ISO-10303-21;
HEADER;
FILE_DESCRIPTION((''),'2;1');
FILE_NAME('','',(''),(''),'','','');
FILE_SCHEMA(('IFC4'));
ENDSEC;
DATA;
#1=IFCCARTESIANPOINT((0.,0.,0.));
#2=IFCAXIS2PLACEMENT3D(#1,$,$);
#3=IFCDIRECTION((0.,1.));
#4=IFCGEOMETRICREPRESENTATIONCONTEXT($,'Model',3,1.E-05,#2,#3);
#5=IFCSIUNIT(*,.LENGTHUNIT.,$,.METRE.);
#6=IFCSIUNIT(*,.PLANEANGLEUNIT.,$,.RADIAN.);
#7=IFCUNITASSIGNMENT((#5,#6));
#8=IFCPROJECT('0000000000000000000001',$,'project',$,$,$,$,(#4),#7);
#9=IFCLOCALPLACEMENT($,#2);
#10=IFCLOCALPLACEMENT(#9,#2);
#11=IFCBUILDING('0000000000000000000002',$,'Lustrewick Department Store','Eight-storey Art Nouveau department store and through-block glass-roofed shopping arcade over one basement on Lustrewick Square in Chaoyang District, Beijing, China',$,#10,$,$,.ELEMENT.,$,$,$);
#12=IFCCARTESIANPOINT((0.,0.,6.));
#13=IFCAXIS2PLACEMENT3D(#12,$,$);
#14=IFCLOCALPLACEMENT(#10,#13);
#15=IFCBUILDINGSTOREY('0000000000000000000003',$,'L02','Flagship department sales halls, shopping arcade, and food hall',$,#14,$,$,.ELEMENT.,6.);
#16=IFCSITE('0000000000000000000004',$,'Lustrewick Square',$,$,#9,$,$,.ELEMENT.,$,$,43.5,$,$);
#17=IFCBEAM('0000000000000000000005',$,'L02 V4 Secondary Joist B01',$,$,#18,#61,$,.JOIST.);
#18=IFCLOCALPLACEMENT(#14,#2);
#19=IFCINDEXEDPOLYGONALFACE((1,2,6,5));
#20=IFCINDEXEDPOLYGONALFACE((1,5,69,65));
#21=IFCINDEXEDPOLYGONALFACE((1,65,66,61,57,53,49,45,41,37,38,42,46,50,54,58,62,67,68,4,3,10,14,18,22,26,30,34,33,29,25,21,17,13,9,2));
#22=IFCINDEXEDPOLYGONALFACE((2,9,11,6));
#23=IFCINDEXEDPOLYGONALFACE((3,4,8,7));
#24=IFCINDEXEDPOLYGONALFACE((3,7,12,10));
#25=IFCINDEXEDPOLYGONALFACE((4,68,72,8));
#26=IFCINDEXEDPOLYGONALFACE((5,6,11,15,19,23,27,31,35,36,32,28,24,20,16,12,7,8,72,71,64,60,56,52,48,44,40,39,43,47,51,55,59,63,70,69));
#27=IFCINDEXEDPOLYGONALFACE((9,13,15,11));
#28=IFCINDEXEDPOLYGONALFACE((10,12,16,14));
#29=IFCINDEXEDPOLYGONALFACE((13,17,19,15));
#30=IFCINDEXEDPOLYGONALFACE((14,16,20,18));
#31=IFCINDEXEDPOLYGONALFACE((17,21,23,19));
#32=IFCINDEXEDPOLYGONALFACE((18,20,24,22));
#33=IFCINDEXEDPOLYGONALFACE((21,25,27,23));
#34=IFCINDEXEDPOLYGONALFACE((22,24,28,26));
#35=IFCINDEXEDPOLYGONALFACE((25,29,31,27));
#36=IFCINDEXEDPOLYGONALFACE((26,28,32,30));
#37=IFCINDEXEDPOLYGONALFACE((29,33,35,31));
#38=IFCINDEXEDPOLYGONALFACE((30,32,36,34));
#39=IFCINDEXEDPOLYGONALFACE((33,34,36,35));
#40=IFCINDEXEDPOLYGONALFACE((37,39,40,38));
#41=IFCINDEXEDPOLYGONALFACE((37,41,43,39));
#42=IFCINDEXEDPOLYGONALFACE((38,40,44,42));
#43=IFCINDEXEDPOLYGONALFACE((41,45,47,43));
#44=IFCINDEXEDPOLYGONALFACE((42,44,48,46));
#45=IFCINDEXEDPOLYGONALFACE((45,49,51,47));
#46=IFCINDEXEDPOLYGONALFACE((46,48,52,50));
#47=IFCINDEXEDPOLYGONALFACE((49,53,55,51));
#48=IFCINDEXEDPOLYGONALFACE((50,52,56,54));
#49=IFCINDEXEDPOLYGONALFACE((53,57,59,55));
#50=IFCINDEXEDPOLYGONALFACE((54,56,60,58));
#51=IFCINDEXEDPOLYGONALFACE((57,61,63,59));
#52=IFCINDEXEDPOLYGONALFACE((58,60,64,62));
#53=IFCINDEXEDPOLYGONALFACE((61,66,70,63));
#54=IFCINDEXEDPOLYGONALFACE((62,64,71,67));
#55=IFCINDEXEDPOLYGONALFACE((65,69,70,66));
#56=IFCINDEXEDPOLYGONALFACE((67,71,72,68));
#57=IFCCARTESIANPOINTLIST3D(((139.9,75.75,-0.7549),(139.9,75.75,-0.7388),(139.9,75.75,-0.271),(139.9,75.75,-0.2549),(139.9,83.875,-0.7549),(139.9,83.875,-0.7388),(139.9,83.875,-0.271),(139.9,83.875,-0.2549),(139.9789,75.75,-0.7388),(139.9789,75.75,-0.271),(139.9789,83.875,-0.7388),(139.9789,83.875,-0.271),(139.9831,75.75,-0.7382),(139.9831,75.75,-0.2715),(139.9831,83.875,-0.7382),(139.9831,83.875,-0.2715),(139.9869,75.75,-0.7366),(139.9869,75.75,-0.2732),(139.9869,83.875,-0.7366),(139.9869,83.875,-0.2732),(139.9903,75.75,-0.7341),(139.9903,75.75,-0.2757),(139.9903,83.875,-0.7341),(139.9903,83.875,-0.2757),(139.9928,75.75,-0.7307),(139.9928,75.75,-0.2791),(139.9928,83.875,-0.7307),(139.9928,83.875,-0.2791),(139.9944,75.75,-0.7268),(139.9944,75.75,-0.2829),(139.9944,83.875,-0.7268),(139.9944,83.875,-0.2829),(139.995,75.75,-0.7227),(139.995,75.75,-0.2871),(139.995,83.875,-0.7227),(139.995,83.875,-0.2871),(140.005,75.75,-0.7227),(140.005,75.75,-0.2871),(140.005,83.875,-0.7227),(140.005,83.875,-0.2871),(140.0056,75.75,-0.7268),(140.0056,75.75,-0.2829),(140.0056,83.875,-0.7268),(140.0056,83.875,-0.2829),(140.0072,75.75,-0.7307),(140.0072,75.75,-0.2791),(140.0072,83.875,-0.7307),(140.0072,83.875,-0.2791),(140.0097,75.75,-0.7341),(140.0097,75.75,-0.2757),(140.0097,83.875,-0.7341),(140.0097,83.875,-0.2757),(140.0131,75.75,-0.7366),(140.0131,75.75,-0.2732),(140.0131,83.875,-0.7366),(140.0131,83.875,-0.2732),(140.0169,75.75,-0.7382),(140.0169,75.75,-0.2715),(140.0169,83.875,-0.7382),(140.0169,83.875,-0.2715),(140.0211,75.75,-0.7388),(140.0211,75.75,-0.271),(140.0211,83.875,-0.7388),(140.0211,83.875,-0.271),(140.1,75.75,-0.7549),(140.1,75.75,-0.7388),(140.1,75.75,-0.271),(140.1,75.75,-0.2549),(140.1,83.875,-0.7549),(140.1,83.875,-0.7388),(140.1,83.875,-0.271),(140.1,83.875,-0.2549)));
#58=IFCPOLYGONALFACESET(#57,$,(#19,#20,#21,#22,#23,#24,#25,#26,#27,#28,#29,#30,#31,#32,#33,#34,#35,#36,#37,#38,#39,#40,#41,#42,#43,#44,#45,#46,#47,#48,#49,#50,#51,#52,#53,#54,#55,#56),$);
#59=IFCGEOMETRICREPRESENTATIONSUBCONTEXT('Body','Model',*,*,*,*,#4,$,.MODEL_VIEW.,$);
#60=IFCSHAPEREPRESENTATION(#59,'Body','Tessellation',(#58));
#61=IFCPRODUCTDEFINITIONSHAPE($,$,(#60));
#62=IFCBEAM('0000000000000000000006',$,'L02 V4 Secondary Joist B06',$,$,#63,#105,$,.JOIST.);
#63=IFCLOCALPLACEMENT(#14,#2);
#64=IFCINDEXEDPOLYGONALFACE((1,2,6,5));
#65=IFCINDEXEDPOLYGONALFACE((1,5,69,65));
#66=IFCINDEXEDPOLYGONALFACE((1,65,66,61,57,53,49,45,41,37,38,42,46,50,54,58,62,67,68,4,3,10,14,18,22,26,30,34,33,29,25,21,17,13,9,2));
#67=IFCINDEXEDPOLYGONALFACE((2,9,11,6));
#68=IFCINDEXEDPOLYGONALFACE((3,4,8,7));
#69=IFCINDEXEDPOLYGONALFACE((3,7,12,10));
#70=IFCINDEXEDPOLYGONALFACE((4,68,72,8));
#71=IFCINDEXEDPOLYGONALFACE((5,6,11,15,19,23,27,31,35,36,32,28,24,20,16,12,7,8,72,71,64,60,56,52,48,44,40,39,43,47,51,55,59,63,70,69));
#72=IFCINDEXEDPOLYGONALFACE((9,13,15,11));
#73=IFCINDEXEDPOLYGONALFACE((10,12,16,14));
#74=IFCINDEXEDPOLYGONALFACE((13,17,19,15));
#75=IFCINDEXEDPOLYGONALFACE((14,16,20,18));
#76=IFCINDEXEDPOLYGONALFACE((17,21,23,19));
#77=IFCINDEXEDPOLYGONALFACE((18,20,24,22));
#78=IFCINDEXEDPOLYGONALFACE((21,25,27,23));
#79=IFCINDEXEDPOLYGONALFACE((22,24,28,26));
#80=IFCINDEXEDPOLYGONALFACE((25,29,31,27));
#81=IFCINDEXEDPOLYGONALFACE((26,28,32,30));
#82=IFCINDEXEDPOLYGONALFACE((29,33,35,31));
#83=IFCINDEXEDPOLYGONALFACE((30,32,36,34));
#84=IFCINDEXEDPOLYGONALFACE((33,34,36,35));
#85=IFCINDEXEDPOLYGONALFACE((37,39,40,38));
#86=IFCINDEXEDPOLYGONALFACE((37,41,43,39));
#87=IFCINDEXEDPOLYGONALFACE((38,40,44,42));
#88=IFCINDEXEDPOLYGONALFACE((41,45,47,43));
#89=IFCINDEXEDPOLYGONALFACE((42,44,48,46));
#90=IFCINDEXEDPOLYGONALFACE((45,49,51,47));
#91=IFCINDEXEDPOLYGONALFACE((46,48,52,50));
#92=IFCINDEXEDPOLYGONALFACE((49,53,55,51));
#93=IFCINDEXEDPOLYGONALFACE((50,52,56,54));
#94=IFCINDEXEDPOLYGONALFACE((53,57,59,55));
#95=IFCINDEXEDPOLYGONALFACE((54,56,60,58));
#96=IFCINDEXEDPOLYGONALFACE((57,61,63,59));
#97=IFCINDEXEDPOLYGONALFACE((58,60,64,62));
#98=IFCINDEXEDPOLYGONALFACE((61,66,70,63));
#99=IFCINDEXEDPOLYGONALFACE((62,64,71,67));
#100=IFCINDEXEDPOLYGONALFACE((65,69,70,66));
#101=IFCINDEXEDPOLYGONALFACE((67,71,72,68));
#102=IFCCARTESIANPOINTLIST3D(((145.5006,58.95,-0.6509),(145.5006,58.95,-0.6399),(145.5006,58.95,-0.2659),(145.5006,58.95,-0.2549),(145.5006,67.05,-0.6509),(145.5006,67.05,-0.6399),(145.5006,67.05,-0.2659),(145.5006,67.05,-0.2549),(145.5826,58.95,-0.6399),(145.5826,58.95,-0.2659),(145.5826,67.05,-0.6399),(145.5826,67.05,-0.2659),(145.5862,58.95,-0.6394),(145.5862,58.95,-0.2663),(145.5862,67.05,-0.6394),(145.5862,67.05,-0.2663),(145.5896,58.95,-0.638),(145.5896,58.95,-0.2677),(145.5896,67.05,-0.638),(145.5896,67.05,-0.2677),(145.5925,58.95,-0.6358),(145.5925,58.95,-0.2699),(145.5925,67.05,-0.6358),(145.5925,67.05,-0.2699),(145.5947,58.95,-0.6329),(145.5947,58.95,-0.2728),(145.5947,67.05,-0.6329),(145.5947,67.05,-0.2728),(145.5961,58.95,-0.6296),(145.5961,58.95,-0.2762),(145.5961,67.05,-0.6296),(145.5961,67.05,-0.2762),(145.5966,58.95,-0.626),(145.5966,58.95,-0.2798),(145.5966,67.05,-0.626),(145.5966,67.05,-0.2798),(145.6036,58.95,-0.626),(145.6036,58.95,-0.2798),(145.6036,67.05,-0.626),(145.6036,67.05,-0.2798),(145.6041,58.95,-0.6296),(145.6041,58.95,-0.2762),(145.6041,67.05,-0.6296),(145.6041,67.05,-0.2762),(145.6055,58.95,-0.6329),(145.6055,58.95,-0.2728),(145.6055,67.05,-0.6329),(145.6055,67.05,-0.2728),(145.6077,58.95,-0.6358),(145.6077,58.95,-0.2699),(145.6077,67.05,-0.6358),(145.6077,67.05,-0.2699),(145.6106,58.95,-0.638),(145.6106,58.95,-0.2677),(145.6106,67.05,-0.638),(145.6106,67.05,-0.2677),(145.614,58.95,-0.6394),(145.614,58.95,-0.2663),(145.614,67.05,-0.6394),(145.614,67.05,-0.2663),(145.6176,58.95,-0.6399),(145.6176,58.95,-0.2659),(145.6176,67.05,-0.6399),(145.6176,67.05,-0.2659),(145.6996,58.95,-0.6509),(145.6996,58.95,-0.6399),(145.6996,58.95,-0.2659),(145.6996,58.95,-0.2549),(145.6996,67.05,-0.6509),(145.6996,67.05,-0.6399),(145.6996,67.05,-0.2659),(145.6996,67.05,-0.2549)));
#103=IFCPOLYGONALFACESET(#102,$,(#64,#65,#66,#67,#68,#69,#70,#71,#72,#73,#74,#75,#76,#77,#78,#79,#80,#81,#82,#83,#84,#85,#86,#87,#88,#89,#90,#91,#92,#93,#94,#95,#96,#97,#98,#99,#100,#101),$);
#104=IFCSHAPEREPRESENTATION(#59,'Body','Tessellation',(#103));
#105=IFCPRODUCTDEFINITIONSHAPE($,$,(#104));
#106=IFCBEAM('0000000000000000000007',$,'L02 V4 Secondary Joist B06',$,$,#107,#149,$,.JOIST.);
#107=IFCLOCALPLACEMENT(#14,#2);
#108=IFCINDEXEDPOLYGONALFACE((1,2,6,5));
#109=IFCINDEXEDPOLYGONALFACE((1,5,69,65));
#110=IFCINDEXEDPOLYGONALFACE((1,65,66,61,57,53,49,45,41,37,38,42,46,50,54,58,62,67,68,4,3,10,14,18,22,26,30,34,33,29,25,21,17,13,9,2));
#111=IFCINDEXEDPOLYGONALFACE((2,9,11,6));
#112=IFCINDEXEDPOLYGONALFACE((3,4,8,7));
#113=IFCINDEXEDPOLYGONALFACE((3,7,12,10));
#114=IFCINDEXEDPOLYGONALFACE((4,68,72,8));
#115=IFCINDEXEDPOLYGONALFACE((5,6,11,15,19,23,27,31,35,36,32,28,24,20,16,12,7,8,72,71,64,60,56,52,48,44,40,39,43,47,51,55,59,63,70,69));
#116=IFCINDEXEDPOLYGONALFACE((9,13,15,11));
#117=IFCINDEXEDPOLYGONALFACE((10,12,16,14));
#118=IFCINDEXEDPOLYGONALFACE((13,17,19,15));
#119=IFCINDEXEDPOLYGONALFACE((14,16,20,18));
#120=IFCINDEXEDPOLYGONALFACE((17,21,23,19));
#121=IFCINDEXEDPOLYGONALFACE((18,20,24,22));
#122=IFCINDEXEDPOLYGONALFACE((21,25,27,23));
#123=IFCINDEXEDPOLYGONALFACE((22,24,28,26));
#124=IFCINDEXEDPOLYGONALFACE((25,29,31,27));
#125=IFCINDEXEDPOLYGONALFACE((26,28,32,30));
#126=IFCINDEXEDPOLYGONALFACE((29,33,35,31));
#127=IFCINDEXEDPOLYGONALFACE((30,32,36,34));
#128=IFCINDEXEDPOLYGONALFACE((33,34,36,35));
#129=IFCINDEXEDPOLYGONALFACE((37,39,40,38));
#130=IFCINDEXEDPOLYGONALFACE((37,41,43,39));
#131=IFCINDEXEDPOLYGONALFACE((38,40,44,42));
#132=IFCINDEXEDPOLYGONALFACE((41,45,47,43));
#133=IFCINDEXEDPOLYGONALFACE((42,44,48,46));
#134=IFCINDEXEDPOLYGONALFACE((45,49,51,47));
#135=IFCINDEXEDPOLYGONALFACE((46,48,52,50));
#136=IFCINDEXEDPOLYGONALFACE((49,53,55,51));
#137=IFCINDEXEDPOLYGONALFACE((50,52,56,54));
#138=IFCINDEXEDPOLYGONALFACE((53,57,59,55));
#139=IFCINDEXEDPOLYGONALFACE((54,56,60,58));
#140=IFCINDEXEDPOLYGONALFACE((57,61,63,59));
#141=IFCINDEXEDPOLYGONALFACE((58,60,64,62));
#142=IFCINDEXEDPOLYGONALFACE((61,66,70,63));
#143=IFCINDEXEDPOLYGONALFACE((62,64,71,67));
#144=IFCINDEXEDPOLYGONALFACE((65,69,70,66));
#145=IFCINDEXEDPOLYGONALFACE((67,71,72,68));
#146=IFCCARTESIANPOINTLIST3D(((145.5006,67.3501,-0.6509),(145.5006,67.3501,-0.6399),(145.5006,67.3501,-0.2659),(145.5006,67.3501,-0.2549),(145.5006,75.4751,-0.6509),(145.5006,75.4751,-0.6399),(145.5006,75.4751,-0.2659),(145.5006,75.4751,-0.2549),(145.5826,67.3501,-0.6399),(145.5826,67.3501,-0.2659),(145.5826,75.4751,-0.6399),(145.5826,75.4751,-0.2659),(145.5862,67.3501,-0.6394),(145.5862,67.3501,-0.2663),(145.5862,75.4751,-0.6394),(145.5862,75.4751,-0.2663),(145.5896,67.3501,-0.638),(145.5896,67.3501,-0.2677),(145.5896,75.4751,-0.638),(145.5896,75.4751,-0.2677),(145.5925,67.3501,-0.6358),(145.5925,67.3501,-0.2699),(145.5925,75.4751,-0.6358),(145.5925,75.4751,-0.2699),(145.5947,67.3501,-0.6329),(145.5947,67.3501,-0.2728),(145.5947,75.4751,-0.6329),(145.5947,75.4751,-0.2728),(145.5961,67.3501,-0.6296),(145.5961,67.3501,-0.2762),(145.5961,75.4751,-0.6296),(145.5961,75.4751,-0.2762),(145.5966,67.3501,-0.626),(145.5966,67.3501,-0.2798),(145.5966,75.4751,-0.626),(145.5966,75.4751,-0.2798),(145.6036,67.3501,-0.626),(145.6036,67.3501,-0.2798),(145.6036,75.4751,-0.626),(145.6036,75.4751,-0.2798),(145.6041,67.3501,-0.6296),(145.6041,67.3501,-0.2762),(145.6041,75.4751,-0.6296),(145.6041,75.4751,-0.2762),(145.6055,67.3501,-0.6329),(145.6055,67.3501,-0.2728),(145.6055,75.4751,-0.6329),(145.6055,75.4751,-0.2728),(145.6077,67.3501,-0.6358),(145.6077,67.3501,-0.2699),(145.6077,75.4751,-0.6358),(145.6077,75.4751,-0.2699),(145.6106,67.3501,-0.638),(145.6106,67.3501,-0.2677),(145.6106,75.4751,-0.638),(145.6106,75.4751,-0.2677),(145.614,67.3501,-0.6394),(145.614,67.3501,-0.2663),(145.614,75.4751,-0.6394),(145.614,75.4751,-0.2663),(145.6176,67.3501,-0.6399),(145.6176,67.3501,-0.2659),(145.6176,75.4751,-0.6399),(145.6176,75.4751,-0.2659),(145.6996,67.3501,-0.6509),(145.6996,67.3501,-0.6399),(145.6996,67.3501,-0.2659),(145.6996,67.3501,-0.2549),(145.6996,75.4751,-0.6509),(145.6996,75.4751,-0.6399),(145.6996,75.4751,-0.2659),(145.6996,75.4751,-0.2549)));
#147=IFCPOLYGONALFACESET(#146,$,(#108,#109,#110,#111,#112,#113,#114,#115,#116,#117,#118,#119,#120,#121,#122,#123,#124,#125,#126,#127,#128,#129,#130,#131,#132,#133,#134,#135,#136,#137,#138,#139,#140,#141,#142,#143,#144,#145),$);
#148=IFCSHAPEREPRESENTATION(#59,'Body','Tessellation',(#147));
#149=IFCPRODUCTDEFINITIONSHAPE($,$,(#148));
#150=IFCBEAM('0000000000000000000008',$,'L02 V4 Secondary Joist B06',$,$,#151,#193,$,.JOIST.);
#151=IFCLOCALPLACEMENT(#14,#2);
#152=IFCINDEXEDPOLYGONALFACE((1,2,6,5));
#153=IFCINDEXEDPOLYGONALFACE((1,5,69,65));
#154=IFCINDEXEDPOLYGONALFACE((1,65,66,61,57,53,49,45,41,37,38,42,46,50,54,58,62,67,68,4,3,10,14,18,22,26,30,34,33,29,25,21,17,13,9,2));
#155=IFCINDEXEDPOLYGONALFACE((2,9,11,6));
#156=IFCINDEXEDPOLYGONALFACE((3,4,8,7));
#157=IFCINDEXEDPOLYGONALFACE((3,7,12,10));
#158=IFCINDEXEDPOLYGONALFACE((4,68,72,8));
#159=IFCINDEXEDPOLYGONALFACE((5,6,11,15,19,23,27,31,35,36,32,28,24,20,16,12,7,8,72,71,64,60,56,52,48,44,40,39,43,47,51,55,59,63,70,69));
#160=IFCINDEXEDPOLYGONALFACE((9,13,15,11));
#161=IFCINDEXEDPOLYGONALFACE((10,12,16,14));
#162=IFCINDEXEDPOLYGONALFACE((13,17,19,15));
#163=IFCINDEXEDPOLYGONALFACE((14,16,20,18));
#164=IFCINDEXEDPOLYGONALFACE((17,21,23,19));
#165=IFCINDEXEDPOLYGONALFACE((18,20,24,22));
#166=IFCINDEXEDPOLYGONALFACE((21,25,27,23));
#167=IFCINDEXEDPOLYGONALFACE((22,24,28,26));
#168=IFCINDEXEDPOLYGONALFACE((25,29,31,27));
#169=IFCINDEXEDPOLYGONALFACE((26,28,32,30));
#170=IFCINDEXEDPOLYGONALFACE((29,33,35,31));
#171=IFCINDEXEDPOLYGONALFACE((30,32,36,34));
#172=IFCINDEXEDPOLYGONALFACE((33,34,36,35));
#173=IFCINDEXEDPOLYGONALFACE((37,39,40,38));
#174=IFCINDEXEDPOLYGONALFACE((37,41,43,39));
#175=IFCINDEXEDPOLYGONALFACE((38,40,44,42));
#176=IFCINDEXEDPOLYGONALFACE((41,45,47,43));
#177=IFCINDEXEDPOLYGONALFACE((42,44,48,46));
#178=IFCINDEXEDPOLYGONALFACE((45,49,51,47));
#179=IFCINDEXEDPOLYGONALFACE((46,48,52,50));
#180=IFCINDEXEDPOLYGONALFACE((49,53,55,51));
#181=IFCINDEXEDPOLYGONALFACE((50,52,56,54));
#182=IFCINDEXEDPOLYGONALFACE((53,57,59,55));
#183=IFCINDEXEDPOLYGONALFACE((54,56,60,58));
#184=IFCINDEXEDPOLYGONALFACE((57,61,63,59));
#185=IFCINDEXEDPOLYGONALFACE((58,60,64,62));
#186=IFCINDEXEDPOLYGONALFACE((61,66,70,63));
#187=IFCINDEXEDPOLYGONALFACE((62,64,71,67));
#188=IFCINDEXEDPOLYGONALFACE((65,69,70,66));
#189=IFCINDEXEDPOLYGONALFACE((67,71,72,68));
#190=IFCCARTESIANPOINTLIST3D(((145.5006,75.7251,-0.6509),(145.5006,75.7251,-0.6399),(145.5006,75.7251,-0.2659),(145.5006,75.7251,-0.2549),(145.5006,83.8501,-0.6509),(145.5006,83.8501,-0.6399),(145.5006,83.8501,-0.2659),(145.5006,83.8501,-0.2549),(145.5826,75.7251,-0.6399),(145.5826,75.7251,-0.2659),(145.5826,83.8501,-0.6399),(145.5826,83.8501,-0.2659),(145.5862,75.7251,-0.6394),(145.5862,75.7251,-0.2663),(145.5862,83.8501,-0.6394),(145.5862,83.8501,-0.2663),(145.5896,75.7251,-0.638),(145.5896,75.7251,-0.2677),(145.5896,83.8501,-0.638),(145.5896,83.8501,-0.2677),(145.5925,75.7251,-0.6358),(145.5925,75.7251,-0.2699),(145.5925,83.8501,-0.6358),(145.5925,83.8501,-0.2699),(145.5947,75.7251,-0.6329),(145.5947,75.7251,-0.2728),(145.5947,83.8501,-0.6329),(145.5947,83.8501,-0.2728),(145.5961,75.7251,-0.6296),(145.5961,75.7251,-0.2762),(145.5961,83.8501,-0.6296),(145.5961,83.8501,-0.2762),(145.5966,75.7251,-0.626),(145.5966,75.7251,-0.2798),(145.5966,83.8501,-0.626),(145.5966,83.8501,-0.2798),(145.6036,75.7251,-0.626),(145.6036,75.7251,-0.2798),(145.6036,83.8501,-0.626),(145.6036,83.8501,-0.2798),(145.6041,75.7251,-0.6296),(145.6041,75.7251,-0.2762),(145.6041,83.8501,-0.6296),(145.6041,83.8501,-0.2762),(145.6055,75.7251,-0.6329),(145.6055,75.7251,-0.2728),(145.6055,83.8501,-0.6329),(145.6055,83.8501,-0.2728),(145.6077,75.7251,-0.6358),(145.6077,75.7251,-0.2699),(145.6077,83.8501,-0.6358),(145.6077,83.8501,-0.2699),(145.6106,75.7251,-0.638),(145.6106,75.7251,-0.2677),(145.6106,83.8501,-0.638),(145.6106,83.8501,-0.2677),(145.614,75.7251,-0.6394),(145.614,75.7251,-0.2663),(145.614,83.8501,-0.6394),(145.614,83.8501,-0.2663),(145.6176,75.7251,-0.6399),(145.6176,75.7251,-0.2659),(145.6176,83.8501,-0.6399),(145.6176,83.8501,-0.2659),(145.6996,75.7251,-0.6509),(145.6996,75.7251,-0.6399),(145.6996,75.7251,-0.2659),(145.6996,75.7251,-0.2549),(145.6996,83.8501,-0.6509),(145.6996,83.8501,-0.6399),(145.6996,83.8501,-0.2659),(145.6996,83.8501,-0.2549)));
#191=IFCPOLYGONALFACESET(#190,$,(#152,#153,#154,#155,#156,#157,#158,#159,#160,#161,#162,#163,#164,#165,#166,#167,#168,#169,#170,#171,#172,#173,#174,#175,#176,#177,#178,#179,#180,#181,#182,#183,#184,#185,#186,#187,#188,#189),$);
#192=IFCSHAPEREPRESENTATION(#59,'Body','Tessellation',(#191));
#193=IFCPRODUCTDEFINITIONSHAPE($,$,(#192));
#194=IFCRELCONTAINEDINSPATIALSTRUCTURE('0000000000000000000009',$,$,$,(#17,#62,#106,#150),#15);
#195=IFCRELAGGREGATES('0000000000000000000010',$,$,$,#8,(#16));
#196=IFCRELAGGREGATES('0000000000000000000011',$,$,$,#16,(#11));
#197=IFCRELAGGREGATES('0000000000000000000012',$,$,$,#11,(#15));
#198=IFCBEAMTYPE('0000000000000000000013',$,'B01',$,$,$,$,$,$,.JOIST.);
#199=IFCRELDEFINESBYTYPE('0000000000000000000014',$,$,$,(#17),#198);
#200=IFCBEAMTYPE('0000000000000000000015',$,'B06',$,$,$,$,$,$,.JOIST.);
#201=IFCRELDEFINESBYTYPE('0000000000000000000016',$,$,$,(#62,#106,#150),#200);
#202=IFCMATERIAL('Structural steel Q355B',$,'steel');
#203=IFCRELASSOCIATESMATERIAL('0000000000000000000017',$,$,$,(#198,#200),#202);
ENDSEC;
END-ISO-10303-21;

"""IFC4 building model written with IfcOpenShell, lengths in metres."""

from ifc_helpers import new_model, si_unit, direction, frame, origin, origin_2d, place, context, subcontext, project, spatial, i_section, extrude, material, material_profile, profile_set, type_object, element, save


model = new_model("IFC4")

# Units and contexts
model_context = context("Model", 3, precision=1e-05, world=origin(), true_north=direction((0.0, 1.0)))
body_context = subcontext(model_context, "Body", "Model", "MODEL_VIEW")
ifc_project = project(units=[si_unit("LENGTHUNIT", "METRE"), si_unit("PLANEANGLEUNIT", "RADIAN")], contexts=[model_context])

# Site, building, storey
site_placement = place(None, origin())
site = spatial("IfcSite", under=ifc_project, at=site_placement, Name="Lustrewick Square", CompositionType="ELEMENT", RefElevation=43.5)
building_placement = place(site_placement, origin())
building = spatial("IfcBuilding", under=site, at=building_placement, Name="Lustrewick Department Store", Description="Eight-storey Art Nouveau department store and through-block glass-roofed shopping arcade over one basement on Lustrewick Square in Chaoyang District, Beijing, China", CompositionType="ELEMENT")
storey_placement = place(building_placement, frame((0.0, 0.0, 6.0)))
storey = spatial("IfcBuildingStorey", under=building, at=storey_placement, Name="L02", Description="Flagship department sales halls, shopping arcade, and food hall", CompositionType="ELEMENT", Elevation=6.0)

# Beams
ifc_material_1 = material(Name="Structural steel Q355B", Category="steel")
ifc_material_profile_1 = material_profile(ifc_material_1, i_section(OverallWidth=0.2, OverallDepth=0.5, WebThickness=0.01, FlangeThickness=0.0161, FilletRadius=0.0161, at=origin_2d()), Name="HN 500x200x10x16")
ifc_profile_set_1 = profile_set([ifc_material_profile_1], Name="Structural steel Q355B")
beam_type_1 = type_object("IfcBeamType", Name="B01", PredefinedType="JOIST", material=ifc_profile_set_1)
for number, where, z_axis, x_axis, name in (
    (1, (140.0, 75.75, -0.5049), (0.0, 1.0, 0.0), (-1.0, 0.0, 0.0), "L02 V4 Secondary Joist B01"),
):
    element("IfcBeam", number, at=place(storey_placement, frame(where, z_axis=z_axis, x_axis=x_axis)), inside=storey, type_object=beam_type_1, Name=name, PredefinedType="JOIST", context=body_context, shape_type="SweptSolid", body=[
        extrude(i_section(OverallWidth=0.2, OverallDepth=0.5, WebThickness=0.01, FlangeThickness=0.0161, FilletRadius=0.0161, at=origin_2d()), origin(), (0.0, 0.0, 1.0), 8.125),
    ])
ifc_material_profile_2 = material_profile(ifc_material_1, i_section(OverallWidth=0.199, OverallDepth=0.396, WebThickness=0.0071, FlangeThickness=0.011, FilletRadius=0.0139, at=origin_2d()), Name="HN 396x199x7x11")
ifc_profile_set_2 = profile_set([ifc_material_profile_2], Name="Structural steel Q355B")
beam_type_2 = type_object("IfcBeamType", Name="B06", PredefinedType="JOIST", material=ifc_profile_set_2)
beam_1_placement = place(storey_placement, frame((145.6001, 58.95, -0.4529), z_axis=(0.0, 1.0, 0.0), x_axis=(-1.0, 0.0, 0.0)))
element("IfcBeam", 2, at=beam_1_placement, inside=storey, type_object=beam_type_2, Name="L02 V4 Secondary Joist B06", PredefinedType="JOIST", context=body_context, shape_type="SweptSolid", body=[
    extrude(i_section(OverallWidth=0.199, OverallDepth=0.396, WebThickness=0.0071, FlangeThickness=0.011, FilletRadius=0.0139, at=origin_2d()), origin(), (0.0, 0.0, 1.0), 8.1001),
])
for number, where, z_axis, x_axis, name in (
    (3, (145.6001, 67.3501, -0.4529), (0.0, 1.0, 0.0), (-1.0, 0.0, 0.0), "L02 V4 Secondary Joist B06"),
    (4, (145.6001, 75.7251, -0.4529), (0.0, 1.0, 0.0), (-1.0, 0.0, 0.0), "L02 V4 Secondary Joist B06"),
):
    element("IfcBeam", number, at=place(storey_placement, frame(where, z_axis=z_axis, x_axis=x_axis)), inside=storey, type_object=beam_type_2, Name=name, PredefinedType="JOIST", context=body_context, shape_type="SweptSolid", body=[
        extrude(i_section(OverallWidth=0.199, OverallDepth=0.396, WebThickness=0.0071, FlangeThickness=0.011, FilletRadius=0.0139, at=origin_2d()), origin(), (0.0, 0.0, 1.0), 8.125),
    ])

save(model, "model.ifc")
